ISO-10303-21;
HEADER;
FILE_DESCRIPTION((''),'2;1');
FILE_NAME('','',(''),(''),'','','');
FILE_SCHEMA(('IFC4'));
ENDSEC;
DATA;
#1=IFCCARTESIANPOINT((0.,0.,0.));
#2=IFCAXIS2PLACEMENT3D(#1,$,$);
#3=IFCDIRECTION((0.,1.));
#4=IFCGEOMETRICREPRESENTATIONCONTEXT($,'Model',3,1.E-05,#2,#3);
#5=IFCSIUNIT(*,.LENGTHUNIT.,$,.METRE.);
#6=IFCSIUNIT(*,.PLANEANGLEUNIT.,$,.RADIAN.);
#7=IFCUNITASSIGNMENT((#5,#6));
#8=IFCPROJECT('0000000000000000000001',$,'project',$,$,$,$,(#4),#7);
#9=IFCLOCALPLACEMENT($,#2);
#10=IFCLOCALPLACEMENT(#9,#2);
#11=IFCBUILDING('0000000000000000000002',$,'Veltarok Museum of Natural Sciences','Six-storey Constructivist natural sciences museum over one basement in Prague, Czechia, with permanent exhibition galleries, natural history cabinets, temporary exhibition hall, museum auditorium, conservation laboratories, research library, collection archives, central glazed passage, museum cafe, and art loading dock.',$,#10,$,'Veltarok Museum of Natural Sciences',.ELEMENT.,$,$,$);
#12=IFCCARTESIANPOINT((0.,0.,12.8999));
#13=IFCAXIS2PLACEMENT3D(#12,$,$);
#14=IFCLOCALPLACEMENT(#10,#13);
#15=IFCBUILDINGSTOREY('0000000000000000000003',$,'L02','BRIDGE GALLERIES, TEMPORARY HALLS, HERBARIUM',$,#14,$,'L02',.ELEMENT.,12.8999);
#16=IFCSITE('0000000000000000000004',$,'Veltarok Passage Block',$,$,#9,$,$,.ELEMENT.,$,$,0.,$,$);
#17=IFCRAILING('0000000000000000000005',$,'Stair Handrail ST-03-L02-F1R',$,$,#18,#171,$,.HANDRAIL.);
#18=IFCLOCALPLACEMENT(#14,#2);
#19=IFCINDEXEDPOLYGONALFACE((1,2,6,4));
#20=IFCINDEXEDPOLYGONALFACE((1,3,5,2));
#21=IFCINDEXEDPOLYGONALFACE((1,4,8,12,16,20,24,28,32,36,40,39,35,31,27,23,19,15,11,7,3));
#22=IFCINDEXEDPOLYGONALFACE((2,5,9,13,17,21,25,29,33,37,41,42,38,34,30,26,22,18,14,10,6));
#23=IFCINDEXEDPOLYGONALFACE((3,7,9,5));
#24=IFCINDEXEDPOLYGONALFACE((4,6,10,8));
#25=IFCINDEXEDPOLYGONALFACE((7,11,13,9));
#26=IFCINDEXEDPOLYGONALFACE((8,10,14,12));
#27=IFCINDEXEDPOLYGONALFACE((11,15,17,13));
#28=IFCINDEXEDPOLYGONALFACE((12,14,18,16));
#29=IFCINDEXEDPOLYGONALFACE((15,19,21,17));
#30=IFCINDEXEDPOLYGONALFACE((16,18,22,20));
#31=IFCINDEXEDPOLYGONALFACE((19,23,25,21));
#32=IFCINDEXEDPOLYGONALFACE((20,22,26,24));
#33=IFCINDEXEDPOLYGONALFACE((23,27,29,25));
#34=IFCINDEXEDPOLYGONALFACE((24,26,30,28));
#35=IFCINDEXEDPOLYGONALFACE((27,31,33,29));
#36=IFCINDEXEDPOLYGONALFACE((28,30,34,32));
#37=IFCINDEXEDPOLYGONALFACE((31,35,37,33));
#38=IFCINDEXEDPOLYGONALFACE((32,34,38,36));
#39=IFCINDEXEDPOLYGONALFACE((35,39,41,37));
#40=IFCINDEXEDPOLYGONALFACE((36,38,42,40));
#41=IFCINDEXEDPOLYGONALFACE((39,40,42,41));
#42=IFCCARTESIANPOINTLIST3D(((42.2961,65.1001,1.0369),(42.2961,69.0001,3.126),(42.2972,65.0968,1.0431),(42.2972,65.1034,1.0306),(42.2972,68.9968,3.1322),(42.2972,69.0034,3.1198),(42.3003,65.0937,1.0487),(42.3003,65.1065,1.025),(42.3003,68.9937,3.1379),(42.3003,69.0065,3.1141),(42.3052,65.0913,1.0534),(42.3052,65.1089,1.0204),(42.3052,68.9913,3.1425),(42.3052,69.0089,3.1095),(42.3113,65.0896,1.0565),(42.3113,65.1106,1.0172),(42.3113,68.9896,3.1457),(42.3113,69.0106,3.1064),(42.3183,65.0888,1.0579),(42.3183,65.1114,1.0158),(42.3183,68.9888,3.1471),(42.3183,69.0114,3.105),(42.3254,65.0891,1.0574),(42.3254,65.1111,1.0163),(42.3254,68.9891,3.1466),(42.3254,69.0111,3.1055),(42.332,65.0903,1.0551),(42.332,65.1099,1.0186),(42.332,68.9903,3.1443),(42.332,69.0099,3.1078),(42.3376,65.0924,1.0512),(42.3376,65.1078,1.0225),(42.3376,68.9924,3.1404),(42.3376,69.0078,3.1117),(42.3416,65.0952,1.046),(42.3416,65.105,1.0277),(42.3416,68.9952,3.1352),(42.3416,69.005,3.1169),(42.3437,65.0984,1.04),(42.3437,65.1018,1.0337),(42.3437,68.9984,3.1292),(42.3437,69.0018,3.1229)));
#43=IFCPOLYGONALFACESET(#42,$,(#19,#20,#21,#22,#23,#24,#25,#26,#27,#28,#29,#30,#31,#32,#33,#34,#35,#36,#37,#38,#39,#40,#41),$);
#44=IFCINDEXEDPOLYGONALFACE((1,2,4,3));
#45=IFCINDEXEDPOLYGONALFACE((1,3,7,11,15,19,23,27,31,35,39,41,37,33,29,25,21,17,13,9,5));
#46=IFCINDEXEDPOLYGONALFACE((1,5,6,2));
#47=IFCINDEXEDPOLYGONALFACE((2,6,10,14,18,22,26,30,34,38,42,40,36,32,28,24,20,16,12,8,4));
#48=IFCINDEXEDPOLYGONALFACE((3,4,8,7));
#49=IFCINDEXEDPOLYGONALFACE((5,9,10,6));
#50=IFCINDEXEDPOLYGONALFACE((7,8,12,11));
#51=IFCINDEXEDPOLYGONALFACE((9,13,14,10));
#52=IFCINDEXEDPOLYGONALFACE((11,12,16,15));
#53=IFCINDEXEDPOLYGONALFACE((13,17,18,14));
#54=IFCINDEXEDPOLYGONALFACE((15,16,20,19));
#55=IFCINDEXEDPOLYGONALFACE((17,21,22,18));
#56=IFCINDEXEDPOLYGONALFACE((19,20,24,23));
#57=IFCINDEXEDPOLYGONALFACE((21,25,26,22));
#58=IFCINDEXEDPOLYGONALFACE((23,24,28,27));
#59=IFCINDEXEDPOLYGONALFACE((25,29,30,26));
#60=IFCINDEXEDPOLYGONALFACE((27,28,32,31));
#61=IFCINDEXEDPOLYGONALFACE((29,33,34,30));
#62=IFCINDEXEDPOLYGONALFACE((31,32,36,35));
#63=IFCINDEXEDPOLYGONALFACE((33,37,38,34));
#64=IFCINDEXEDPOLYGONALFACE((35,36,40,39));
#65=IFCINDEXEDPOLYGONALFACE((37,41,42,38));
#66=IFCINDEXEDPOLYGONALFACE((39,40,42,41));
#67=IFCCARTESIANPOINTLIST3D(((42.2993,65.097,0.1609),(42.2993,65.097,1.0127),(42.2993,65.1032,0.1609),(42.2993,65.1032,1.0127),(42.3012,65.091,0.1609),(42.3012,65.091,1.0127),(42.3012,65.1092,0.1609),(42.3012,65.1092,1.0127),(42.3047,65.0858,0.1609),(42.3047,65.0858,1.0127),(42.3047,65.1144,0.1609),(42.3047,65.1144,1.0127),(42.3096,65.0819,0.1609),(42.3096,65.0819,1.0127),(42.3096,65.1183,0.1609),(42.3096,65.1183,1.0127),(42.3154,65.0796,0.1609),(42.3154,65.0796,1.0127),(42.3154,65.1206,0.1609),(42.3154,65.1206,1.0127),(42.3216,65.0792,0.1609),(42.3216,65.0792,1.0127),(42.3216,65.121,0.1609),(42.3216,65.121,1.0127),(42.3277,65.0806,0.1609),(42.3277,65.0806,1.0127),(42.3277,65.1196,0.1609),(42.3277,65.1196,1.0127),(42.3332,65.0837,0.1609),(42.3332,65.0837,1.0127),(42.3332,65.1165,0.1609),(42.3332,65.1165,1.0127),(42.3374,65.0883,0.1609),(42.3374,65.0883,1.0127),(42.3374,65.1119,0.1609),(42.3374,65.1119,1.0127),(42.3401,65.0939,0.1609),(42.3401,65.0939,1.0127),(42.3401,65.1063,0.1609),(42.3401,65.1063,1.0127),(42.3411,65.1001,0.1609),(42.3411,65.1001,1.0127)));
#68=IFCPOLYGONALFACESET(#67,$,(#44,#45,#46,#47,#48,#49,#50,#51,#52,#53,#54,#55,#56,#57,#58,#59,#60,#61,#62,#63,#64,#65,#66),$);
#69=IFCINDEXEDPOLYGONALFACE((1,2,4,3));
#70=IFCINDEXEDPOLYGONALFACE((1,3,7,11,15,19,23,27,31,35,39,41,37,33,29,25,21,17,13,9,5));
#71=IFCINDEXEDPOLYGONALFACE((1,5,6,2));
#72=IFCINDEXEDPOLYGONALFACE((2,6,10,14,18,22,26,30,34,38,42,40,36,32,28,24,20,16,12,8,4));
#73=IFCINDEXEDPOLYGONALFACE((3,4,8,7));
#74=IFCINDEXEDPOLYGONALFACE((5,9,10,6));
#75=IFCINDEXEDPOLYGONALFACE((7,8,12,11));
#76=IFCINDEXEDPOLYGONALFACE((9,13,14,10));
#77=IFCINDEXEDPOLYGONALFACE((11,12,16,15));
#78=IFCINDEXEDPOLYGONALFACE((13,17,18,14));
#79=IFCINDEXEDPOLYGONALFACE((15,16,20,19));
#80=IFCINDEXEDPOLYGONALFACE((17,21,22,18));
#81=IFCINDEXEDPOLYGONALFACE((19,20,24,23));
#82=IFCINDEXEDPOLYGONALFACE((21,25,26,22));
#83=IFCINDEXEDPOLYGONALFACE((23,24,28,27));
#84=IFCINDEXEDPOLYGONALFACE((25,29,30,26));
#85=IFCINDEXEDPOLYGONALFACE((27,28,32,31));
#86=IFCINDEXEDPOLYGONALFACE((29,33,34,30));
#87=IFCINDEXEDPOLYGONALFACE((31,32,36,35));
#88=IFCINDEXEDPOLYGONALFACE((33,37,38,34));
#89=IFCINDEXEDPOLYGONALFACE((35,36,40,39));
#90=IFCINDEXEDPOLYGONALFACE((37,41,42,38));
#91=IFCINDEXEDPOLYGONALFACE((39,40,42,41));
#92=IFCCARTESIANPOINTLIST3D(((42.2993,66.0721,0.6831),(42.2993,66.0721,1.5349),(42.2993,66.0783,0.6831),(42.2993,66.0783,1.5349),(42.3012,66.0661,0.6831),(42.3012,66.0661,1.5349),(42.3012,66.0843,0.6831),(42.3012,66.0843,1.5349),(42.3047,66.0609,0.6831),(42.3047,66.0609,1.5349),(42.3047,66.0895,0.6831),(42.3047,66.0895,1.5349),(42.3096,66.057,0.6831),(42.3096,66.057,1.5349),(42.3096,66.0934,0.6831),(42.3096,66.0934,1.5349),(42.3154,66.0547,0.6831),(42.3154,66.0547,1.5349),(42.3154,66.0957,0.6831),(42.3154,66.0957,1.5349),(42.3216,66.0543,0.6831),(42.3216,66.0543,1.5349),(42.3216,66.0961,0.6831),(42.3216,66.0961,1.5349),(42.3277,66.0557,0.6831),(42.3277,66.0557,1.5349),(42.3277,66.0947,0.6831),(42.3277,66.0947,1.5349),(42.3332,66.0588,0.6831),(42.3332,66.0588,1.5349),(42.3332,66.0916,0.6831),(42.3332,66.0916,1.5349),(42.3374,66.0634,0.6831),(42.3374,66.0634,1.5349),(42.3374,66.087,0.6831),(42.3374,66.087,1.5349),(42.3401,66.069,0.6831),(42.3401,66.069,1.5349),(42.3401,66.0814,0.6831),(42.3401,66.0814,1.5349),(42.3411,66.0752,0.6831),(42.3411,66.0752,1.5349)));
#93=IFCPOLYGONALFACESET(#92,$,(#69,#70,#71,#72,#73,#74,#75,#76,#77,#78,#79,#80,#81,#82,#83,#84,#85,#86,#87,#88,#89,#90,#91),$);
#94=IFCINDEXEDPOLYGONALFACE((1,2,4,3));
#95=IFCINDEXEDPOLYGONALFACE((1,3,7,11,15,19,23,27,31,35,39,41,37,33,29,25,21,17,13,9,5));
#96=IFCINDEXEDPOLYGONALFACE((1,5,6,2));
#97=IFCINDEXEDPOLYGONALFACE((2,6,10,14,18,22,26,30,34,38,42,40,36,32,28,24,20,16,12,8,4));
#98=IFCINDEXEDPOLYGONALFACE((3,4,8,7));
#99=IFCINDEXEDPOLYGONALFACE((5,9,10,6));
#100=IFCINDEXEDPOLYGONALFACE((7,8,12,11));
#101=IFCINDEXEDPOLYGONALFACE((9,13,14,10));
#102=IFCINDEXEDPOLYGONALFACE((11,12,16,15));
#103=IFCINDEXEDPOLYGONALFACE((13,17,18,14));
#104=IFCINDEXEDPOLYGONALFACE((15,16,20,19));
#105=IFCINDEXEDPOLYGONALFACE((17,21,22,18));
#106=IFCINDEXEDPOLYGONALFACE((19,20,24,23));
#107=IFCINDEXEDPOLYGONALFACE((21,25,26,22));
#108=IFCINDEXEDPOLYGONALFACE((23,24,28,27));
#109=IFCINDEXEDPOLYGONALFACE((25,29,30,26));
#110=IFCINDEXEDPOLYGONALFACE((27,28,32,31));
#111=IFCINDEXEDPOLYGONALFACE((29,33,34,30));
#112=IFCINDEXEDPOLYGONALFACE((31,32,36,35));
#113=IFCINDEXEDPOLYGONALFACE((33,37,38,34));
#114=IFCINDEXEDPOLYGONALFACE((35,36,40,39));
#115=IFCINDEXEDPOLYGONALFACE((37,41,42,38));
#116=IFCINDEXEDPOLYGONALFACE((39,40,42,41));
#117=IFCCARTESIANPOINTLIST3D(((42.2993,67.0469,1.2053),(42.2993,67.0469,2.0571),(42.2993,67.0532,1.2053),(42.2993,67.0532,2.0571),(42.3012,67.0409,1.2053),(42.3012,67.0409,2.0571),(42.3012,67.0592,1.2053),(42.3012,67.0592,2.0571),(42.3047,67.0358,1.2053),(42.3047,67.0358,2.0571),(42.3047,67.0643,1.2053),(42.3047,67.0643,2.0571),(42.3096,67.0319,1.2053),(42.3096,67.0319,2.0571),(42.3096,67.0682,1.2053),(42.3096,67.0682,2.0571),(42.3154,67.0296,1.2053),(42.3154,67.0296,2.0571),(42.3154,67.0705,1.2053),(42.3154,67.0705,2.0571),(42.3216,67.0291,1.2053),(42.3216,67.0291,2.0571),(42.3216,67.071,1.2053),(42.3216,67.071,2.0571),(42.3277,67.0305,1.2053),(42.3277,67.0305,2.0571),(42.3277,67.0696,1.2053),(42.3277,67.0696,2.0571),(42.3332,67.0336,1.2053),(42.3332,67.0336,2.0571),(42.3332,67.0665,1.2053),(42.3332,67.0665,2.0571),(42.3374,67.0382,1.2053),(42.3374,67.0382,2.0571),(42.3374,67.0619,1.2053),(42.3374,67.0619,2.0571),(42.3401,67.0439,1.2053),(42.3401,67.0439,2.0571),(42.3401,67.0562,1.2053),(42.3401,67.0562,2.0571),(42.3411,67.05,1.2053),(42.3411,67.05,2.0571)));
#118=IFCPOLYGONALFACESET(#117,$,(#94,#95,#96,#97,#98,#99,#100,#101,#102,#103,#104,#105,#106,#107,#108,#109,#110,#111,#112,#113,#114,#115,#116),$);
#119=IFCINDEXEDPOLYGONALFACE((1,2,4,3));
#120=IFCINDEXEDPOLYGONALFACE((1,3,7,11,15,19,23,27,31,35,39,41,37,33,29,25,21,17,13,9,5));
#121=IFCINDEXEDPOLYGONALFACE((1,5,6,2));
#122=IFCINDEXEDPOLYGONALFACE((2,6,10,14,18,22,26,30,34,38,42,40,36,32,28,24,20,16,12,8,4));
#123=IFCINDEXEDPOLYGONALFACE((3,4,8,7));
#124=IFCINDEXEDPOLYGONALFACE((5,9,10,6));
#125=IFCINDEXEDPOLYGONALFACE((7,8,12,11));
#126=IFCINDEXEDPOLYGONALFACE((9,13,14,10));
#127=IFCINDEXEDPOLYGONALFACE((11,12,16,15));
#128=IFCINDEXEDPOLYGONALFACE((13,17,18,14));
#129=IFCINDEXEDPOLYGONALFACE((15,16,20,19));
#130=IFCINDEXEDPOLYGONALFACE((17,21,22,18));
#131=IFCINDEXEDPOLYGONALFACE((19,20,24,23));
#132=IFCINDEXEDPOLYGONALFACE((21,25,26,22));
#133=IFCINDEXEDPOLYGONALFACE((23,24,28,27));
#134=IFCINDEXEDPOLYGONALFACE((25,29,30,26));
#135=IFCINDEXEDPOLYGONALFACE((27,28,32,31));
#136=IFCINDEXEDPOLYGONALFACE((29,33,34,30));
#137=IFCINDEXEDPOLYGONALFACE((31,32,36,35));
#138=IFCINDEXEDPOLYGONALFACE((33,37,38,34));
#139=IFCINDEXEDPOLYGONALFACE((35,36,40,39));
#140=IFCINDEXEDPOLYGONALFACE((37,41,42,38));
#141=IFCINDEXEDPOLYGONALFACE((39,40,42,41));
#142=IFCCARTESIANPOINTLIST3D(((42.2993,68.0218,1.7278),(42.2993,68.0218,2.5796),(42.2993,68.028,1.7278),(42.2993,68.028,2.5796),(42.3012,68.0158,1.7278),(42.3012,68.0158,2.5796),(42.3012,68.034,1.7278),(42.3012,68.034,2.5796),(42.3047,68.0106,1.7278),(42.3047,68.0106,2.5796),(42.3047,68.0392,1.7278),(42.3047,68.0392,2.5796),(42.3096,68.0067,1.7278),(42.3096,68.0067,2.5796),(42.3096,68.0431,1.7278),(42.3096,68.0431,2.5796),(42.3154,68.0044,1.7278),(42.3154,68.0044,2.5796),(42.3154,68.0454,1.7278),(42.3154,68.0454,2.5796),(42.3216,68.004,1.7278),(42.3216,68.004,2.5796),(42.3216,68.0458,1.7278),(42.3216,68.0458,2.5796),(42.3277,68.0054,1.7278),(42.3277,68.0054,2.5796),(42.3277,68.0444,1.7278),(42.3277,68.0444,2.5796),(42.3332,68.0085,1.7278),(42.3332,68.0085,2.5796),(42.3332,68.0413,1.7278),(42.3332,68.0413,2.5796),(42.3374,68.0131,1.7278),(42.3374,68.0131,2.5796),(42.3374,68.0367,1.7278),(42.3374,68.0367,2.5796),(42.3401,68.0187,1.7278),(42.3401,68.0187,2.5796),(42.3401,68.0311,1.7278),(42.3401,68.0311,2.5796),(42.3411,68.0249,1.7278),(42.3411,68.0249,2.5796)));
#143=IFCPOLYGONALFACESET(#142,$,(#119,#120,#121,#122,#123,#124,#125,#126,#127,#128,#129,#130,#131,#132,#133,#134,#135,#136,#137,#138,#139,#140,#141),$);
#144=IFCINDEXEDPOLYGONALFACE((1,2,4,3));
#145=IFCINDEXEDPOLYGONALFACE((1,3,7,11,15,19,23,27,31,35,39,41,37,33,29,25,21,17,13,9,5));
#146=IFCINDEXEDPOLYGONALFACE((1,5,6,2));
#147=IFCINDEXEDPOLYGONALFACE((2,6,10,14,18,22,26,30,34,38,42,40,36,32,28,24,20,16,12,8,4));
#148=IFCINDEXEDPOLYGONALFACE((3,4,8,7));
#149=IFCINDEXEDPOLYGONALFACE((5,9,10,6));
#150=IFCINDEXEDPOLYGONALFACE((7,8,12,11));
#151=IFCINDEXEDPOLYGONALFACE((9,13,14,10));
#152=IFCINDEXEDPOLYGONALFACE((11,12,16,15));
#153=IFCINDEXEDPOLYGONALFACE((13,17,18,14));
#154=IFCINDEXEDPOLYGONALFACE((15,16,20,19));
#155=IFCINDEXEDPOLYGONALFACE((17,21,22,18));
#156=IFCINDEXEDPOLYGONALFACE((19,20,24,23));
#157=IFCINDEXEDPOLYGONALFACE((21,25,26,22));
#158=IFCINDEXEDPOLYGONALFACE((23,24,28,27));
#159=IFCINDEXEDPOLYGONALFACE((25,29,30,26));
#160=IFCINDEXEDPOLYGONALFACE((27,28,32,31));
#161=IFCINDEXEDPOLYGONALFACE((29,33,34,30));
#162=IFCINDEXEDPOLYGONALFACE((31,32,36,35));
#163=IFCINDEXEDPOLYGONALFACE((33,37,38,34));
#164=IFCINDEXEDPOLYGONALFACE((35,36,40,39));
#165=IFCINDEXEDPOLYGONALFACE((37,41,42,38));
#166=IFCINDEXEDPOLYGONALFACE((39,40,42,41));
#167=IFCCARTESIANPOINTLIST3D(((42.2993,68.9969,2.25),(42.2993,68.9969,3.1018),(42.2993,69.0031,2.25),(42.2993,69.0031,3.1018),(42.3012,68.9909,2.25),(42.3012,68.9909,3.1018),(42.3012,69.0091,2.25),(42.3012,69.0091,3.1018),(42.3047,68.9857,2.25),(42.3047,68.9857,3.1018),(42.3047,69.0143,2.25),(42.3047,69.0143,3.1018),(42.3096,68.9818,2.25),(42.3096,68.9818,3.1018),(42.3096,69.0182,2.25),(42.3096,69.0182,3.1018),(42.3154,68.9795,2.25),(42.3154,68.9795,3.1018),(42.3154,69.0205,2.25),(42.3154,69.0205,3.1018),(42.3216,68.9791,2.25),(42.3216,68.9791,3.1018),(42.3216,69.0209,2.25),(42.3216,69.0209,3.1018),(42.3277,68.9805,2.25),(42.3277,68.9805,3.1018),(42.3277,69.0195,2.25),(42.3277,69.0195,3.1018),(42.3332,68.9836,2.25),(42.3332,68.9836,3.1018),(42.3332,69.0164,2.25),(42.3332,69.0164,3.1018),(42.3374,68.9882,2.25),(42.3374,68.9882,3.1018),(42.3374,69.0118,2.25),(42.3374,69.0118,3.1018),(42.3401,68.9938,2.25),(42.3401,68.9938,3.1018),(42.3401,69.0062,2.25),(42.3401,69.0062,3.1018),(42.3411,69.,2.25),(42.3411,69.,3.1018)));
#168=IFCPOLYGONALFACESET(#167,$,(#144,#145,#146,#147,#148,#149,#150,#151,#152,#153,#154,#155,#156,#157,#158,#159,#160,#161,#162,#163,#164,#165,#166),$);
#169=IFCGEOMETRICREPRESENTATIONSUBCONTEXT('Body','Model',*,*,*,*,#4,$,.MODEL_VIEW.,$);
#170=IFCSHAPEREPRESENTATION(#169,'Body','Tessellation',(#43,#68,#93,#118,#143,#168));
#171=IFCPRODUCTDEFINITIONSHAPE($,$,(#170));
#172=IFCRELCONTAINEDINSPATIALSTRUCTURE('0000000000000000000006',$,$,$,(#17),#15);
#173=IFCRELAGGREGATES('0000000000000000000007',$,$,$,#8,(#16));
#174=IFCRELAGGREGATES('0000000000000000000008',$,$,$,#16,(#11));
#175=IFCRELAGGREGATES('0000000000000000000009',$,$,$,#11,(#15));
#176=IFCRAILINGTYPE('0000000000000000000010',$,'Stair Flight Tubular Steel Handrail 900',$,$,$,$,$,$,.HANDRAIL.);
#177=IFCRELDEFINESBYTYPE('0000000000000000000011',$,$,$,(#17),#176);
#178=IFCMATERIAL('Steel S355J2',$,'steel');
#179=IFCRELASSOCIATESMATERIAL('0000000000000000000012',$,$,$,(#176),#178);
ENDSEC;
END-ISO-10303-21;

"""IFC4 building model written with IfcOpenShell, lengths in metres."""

from ifc_helpers import new_model, si_unit, direction, frame, origin, origin_2d, place, context, subcontext, project, spatial, circle, extrude, material, type_object, element, save


model = new_model("IFC4")

# Units and contexts
model_context = context("Model", 3, precision=1e-05, world=origin(), true_north=direction((0.0, 1.0)))
body_context = subcontext(model_context, "Body", "Model", "MODEL_VIEW")
ifc_project = project(units=[si_unit("LENGTHUNIT", "METRE"), si_unit("PLANEANGLEUNIT", "RADIAN")], contexts=[model_context])

# Site, building, storey
site_placement = place(None, origin())
site = spatial("IfcSite", under=ifc_project, at=site_placement, Name="Veltarok Passage Block", CompositionType="ELEMENT", RefElevation=0.0)
building_placement = place(site_placement, origin())
building = spatial("IfcBuilding", under=site, at=building_placement, Name="Veltarok Museum of Natural Sciences", Description="Six-storey Constructivist natural sciences museum over one basement in Prague, Czechia, with permanent exhibition galleries, natural history cabinets, temporary exhibition hall, museum auditorium, conservation laboratories, research library, collection archives, central glazed passage, museum cafe, and art loading dock.", LongName="Veltarok Museum of Natural Sciences", CompositionType="ELEMENT")
storey_placement = place(building_placement, frame((0.0, 0.0, 12.8999)))
storey = spatial("IfcBuildingStorey", under=building, at=storey_placement, Name="L02", Description="BRIDGE GALLERIES, TEMPORARY HALLS, HERBARIUM", LongName="L02", CompositionType="ELEMENT", Elevation=12.8999)

# Shared definitions
ifc_material_1 = material(Name="Steel S355J2", Category="steel")

# Railing
railing_type_1 = type_object("IfcRailingType", Name="Stair Flight Tubular Steel Handrail 900", PredefinedType="HANDRAIL", material=ifc_material_1)
for number, where, name in (
    (1, (42.3201, 65.1001, 0.1609), "Stair Handrail ST-03-L02-F1R"),
):
    element("IfcRailing", number, at=place(storey_placement, frame(where)), inside=storey, type_object=railing_type_1, Name=name, PredefinedType="HANDRAIL", context=body_context, shape_type="SweptSolid", body=[
        extrude(circle(Radius=0.0239, at=origin_2d()), frame((0.0, 0.0, 0.876), z_axis=(0.0, 0.881491, 0.4722), x_axis=(-1.0, 0.0, 0.0)), (0.0, 0.0, 1.0), 4.4243),
        extrude(circle(Radius=0.021, at=origin_2d()), origin(), (0.0, 0.0, 1.0), 0.8518),
        extrude(circle(Radius=0.021, at=origin_2d()), frame((0.0, 0.9751, 0.5222)), (0.0, 0.0, 1.0), 0.8518),
        extrude(circle(Radius=0.021, at=origin_2d()), frame((0.0, 1.95, 1.0444)), (0.0, 0.0, 1.0), 0.8518),
        extrude(circle(Radius=0.021, at=origin_2d()), frame((0.0, 2.9248, 1.5669)), (0.0, 0.0, 1.0), 0.8518),
        extrude(circle(Radius=0.021, at=origin_2d()), frame((0.0, 3.8999, 2.0891)), (0.0, 0.0, 1.0), 0.8518),
    ])

save(model, "model.ifc")
